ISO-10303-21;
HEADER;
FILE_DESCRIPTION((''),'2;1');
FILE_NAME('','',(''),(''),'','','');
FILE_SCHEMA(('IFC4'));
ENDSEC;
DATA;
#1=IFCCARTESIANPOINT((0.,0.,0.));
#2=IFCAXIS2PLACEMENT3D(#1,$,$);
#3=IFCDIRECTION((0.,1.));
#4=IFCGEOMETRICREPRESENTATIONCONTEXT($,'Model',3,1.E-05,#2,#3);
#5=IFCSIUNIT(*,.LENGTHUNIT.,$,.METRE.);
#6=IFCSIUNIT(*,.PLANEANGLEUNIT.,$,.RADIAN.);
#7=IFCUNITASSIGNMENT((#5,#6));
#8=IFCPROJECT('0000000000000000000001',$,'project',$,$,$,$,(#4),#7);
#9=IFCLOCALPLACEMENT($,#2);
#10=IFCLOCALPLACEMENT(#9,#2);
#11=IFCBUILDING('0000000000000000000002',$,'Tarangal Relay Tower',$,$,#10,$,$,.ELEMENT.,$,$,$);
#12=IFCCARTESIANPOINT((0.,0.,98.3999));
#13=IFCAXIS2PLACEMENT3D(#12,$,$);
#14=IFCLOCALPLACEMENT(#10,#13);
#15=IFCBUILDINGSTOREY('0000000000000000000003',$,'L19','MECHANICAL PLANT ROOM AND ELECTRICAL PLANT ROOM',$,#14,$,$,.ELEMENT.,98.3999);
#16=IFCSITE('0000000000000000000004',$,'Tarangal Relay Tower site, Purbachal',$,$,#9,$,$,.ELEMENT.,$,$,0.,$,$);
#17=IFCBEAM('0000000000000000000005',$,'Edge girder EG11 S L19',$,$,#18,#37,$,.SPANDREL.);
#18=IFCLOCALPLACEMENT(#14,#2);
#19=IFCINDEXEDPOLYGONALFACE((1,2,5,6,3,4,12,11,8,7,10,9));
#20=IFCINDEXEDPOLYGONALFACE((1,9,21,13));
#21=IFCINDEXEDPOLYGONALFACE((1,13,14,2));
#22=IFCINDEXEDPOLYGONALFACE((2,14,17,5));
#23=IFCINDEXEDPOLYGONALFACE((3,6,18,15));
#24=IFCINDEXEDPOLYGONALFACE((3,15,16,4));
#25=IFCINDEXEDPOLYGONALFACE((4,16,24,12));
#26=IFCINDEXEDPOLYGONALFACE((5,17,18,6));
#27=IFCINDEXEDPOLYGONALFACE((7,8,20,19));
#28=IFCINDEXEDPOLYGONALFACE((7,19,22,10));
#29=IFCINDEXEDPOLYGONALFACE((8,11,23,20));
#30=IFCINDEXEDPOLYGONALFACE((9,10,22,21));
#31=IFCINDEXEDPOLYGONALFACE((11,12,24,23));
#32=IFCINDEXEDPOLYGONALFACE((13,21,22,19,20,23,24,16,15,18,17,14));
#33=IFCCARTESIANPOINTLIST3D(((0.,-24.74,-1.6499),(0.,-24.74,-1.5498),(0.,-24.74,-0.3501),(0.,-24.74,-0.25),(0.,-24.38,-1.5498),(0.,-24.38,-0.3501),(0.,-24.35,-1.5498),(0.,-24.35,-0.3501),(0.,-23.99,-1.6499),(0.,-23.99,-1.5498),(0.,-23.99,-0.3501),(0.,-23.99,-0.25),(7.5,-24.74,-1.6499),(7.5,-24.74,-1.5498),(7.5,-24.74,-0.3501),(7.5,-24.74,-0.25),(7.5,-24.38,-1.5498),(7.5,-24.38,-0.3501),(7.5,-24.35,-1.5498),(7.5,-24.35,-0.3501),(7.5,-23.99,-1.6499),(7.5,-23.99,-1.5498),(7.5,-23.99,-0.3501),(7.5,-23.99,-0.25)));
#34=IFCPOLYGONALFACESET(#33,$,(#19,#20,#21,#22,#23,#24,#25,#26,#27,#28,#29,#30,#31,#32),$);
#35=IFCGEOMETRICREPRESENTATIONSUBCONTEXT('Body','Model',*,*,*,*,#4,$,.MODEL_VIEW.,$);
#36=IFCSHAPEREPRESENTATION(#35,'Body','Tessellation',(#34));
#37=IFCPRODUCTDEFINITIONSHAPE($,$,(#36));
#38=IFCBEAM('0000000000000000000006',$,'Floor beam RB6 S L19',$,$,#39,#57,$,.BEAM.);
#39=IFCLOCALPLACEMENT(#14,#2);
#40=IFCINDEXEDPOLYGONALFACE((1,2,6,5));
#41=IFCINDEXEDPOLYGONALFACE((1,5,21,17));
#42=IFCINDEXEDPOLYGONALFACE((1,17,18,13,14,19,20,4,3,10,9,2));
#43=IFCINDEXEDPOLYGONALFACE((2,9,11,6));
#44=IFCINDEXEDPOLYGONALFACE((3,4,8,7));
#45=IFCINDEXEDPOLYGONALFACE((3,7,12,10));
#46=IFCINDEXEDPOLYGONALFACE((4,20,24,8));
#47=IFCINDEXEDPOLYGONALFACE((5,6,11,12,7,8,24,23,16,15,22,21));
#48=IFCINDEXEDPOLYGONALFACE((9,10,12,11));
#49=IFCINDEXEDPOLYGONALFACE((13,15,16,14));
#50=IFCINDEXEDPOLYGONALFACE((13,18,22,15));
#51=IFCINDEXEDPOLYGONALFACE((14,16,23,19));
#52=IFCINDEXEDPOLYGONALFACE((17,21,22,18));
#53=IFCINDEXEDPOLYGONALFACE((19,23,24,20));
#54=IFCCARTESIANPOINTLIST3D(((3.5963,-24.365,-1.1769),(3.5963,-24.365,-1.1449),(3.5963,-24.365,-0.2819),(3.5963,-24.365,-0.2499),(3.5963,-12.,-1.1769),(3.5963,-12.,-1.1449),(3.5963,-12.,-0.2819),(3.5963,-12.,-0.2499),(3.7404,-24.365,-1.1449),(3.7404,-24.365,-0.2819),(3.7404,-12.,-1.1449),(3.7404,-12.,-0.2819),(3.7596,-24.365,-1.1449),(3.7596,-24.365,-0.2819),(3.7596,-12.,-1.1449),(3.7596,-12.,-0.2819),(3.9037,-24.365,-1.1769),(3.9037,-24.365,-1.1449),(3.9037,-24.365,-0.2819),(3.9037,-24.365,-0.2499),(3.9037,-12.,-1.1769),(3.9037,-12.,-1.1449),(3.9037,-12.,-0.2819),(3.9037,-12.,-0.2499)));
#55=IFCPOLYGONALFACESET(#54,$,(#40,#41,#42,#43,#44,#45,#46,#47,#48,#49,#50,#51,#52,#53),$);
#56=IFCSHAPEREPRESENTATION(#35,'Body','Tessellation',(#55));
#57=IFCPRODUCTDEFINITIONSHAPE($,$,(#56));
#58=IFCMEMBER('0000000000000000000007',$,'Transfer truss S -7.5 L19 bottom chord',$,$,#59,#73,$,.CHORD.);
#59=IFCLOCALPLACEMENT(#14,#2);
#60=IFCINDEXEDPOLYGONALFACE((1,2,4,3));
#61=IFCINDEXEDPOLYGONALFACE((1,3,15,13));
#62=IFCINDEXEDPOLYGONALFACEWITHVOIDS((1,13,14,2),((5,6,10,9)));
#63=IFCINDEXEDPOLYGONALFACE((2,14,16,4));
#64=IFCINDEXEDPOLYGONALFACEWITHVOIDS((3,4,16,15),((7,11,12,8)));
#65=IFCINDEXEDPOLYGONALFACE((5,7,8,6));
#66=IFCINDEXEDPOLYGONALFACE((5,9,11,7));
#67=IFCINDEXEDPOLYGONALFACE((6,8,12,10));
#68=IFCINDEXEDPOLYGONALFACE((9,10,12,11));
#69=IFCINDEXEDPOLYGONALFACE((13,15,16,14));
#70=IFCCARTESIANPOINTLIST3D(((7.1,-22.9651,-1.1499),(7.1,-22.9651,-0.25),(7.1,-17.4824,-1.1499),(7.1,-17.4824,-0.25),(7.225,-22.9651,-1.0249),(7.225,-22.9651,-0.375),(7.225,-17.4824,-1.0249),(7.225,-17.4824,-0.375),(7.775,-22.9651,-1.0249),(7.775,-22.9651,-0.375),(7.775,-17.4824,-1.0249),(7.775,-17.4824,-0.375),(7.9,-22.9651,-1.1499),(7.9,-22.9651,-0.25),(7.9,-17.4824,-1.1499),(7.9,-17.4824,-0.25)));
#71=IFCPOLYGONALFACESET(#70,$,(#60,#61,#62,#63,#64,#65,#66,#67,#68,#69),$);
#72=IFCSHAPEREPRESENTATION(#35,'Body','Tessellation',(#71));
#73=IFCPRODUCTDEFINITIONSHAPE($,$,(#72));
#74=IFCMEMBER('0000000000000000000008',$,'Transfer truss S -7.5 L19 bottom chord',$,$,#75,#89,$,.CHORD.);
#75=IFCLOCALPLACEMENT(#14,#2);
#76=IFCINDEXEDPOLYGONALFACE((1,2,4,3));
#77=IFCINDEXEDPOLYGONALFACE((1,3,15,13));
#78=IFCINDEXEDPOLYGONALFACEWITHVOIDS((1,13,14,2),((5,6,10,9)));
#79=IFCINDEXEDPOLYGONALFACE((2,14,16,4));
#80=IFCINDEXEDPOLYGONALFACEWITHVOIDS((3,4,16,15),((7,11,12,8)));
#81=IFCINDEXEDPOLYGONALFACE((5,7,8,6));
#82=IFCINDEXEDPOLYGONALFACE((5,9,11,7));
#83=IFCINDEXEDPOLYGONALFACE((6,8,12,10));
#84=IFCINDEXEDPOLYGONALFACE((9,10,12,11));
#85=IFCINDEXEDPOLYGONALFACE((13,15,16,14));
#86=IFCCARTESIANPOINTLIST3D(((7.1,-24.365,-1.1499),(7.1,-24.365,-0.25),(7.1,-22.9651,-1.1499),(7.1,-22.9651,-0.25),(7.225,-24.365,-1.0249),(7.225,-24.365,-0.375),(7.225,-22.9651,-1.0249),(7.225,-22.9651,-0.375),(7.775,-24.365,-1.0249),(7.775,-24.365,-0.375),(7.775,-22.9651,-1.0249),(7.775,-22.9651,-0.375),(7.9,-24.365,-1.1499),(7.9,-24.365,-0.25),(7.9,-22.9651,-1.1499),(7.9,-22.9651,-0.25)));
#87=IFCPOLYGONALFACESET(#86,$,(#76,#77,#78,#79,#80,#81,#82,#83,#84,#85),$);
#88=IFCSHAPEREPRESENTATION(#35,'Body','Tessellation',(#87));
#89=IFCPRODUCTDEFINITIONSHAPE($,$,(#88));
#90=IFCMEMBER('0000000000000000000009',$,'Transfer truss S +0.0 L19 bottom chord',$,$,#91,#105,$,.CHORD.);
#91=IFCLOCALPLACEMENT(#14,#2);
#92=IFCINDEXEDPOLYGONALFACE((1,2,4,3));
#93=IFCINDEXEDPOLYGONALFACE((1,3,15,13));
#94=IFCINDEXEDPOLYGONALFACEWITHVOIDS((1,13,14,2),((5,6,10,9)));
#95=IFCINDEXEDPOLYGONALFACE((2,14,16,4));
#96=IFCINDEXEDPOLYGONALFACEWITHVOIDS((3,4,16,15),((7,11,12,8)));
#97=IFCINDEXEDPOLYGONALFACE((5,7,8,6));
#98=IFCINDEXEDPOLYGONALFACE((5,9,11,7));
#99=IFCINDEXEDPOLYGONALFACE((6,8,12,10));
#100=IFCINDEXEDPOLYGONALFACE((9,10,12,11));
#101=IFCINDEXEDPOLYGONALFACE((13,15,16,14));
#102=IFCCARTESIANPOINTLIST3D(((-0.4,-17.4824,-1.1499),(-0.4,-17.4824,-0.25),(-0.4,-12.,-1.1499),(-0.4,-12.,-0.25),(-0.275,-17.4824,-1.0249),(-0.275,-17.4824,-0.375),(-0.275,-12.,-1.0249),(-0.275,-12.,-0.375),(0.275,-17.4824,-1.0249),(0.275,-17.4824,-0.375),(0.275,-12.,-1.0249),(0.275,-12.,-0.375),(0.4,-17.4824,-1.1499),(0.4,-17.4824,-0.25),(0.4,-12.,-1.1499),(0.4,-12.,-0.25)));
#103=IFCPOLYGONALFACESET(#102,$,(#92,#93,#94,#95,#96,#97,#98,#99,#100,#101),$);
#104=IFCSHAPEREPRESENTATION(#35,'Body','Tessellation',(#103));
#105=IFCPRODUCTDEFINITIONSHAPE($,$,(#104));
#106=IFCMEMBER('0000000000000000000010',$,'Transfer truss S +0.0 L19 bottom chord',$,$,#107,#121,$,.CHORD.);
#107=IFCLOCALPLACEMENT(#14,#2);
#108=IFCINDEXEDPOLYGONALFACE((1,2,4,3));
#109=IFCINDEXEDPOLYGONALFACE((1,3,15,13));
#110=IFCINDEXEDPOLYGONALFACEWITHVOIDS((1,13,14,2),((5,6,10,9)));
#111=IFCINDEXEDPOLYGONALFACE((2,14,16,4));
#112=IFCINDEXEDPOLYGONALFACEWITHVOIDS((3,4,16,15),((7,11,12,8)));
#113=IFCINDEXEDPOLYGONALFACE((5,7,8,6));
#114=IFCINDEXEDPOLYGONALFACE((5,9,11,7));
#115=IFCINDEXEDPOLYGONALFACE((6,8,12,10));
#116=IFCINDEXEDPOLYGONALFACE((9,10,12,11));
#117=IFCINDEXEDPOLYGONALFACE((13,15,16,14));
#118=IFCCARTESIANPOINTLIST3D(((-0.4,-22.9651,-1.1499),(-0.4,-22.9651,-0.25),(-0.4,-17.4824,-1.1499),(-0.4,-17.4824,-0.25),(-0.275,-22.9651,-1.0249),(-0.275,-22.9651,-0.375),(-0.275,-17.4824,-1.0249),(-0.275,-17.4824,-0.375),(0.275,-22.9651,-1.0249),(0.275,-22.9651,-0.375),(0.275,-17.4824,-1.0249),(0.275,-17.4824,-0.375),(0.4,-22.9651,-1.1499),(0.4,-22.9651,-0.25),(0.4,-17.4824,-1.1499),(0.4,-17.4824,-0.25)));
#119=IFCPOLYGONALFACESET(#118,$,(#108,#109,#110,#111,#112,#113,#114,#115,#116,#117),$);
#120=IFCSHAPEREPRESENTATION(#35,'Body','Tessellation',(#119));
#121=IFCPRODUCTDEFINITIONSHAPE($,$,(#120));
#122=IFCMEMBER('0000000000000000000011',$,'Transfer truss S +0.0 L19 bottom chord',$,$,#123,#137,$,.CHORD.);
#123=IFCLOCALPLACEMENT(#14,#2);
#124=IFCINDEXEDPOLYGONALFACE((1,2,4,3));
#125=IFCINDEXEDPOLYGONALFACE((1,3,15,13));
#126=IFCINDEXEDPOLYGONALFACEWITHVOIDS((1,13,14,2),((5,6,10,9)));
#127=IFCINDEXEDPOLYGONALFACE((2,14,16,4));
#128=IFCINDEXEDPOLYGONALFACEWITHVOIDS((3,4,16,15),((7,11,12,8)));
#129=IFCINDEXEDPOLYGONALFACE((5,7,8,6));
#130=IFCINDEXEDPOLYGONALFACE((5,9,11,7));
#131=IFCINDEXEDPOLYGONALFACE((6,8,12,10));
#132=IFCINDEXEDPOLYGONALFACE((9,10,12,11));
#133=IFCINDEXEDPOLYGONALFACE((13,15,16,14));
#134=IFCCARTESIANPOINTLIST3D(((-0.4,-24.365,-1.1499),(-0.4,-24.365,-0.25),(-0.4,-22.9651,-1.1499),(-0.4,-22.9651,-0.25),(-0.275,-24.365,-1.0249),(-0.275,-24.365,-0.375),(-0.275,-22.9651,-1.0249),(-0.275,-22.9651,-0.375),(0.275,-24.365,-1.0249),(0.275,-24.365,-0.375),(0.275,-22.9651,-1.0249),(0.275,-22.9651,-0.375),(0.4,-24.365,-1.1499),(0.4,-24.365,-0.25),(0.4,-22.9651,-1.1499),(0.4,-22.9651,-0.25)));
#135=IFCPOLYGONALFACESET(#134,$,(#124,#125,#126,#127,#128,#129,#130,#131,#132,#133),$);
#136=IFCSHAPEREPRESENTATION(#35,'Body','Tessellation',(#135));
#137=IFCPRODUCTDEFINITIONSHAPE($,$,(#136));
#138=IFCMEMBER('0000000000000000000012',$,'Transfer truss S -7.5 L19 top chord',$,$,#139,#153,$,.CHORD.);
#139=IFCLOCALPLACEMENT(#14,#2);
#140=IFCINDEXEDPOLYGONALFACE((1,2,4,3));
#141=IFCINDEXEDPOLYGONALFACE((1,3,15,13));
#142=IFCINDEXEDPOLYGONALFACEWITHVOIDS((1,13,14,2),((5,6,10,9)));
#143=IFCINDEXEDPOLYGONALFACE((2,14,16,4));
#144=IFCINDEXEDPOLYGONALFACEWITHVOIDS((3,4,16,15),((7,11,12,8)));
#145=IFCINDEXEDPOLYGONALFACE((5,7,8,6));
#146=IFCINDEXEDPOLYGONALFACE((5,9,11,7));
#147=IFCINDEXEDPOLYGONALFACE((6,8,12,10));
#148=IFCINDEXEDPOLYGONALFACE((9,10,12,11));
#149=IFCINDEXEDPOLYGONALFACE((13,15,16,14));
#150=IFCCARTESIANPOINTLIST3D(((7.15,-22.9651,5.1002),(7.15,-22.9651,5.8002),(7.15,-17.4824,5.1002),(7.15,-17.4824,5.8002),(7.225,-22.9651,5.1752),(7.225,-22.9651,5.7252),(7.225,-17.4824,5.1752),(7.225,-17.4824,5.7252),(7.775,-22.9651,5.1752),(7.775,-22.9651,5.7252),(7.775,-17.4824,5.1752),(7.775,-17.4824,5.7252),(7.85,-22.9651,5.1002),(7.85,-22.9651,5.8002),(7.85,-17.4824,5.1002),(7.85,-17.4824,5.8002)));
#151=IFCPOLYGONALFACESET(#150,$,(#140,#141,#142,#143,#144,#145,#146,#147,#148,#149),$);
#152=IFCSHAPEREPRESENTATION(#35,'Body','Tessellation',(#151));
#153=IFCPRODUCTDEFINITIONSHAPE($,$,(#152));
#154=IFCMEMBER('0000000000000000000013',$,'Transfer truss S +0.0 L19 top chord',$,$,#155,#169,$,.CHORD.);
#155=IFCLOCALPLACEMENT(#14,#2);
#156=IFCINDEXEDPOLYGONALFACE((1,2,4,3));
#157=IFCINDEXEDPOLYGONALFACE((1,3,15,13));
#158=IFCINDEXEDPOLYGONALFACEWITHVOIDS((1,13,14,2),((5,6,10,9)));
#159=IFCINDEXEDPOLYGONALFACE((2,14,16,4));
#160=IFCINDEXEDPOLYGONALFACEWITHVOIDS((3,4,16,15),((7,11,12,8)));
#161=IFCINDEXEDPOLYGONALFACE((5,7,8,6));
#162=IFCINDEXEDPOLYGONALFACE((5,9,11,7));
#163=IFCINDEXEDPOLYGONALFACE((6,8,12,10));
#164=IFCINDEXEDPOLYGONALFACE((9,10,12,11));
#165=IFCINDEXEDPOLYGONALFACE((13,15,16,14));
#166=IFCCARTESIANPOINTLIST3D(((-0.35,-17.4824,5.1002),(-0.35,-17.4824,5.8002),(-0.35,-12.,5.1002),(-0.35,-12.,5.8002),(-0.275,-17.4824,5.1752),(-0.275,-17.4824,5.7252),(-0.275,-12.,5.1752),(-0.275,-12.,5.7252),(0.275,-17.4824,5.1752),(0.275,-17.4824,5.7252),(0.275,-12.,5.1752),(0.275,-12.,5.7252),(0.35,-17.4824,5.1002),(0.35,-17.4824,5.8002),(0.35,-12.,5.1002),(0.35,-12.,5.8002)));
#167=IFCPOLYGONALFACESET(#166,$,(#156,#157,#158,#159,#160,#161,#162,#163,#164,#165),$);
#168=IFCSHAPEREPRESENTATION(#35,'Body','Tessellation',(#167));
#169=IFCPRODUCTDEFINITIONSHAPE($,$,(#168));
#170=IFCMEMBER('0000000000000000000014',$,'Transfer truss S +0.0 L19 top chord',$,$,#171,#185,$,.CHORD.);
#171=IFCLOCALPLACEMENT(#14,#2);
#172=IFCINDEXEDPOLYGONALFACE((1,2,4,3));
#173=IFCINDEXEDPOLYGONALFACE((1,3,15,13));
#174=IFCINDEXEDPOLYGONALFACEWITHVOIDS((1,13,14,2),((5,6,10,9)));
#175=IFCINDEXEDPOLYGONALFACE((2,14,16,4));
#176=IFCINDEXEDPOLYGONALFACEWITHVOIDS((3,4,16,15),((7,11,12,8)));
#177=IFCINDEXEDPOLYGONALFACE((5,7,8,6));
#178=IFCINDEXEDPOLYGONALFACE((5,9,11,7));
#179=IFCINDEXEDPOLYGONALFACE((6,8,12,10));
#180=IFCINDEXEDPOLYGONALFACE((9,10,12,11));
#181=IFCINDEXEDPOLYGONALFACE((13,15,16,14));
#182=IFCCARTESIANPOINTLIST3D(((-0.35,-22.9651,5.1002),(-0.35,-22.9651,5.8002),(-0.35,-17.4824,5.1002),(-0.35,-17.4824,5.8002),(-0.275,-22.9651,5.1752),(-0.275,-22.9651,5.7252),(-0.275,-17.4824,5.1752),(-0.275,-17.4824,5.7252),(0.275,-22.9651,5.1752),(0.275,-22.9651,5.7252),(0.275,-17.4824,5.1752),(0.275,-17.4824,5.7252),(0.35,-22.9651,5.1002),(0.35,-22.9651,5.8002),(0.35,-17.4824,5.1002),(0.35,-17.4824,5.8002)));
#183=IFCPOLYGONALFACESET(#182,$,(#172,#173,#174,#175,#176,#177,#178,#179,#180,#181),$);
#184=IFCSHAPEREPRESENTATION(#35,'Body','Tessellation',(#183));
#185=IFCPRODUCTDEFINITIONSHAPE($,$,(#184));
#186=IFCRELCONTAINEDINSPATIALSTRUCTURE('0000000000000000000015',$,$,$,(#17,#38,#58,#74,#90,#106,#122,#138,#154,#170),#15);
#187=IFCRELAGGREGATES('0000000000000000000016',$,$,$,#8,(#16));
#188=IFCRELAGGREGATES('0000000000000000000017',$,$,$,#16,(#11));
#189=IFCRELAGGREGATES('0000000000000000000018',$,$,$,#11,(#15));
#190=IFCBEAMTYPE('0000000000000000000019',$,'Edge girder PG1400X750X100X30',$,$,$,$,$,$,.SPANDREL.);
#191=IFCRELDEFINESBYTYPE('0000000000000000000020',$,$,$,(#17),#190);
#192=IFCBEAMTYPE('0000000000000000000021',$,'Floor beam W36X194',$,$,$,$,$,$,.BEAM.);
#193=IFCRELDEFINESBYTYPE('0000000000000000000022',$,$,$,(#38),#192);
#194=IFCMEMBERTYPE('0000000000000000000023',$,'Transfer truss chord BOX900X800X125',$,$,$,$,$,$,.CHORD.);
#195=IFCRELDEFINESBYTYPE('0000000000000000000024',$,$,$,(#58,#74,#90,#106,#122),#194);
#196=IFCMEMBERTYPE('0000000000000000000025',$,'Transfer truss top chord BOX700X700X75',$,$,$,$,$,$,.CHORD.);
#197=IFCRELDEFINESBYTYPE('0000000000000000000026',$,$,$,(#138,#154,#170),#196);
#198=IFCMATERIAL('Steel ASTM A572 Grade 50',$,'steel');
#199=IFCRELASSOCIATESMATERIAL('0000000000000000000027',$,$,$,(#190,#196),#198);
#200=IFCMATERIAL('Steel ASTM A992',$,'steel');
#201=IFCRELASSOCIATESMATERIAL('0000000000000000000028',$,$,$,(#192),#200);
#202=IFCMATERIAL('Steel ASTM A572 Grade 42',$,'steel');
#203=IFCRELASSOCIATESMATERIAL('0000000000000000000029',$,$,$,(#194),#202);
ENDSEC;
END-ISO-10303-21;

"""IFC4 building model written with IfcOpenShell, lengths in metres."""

from ifc_helpers import new_model, si_unit, direction, frame, origin, origin_2d, place, context, subcontext, project, spatial, hollow_rectangle, i_section, extrude, material, material_profile, profile_set, type_object, element, save


model = new_model("IFC4")

# Units and contexts
model_context = context("Model", 3, precision=1e-05, world=origin(), true_north=direction((0.0, 1.0)))
body_context = subcontext(model_context, "Body", "Model", "MODEL_VIEW")
ifc_project = project(units=[si_unit("LENGTHUNIT", "METRE"), si_unit("PLANEANGLEUNIT", "RADIAN")], contexts=[model_context])

# Site, building, storey
site_placement = place(None, origin())
site = spatial("IfcSite", under=ifc_project, at=site_placement, Name="Tarangal Relay Tower site, Purbachal", CompositionType="ELEMENT", RefElevation=0.0)
building_placement = place(site_placement, origin())
building = spatial("IfcBuilding", under=site, at=building_placement, Name="Tarangal Relay Tower", CompositionType="ELEMENT")
storey_placement = place(building_placement, frame((0.0, 0.0, 98.3999)))
storey = spatial("IfcBuildingStorey", under=building, at=storey_placement, Name="L19", Description="MECHANICAL PLANT ROOM AND ELECTRICAL PLANT ROOM", CompositionType="ELEMENT", Elevation=98.3999)

# Shared definitions
ifc_material_1 = material(Name="Steel ASTM A572 Grade 50", Category="steel")

# Shared definitions
ifc_material_2 = material(Name="Steel ASTM A992", Category="steel")

# Beams
ifc_material_profile_1 = material_profile(ifc_material_1, i_section(OverallWidth=0.75, OverallDepth=1.3999, WebThickness=0.03, FlangeThickness=0.1001, at=origin_2d()), Name="PG1400X750X100X30")
ifc_profile_set_1 = profile_set([ifc_material_profile_1], Name="Steel ASTM A572 Grade 50")
beam_type_1 = type_object("IfcBeamType", Name="Edge girder PG1400X750X100X30", PredefinedType="SPANDREL", material=ifc_profile_set_1)
beam_1_placement = place(storey_placement, frame((7.5, -24.365, -0.95), z_axis=(-1.0, 0.0, 0.0), x_axis=(0.0, -1.0, 0.0)))
element("IfcBeam", 1, at=beam_1_placement, inside=storey, type_object=beam_type_1, Name="Edge girder EG11 S L19", PredefinedType="SPANDREL", context=body_context, shape_type="SweptSolid", body=[
    extrude(i_section(OverallWidth=0.75, OverallDepth=1.3999, WebThickness=0.03, FlangeThickness=0.1001, at=origin_2d()), origin(), (0.0, 0.0, 1.0), 7.5),
])
ifc_material_profile_2 = material_profile(ifc_material_2, i_section(OverallWidth=0.3074, OverallDepth=0.927, WebThickness=0.0193, FlangeThickness=0.032, at=origin_2d()), Name="W36X194")
ifc_profile_set_2 = profile_set([ifc_material_profile_2], Name="Steel ASTM A992")
beam_type_2 = type_object("IfcBeamType", Name="Floor beam W36X194", PredefinedType="BEAM", material=ifc_profile_set_2)
beam_2_placement = place(storey_placement, frame((3.75, -12.0, -0.7134), z_axis=(0.0, -1.0, 0.0), x_axis=(1.0, 0.0, 0.0)))
element("IfcBeam", 2, at=beam_2_placement, inside=storey, type_object=beam_type_2, Name="Floor beam RB6 S L19", PredefinedType="BEAM", context=body_context, shape_type="SweptSolid", body=[
    extrude(i_section(OverallWidth=0.3074, OverallDepth=0.927, WebThickness=0.0193, FlangeThickness=0.032, at=origin_2d()), origin(), (0.0, 0.0, 1.0), 12.365),
])

# Members
ifc_material_3 = material(Name="Steel ASTM A572 Grade 42", Category="steel")
ifc_material_profile_3 = material_profile(ifc_material_3, hollow_rectangle(XDim=0.8, YDim=0.8999, WallThickness=0.125, at=origin_2d()), Name="BOX900X800X125")
ifc_profile_set_3 = profile_set([ifc_material_profile_3], Name="Steel ASTM A572 Grade 42")
member_type_1 = type_object("IfcMemberType", Name="Transfer truss chord BOX900X800X125", PredefinedType="CHORD", material=ifc_profile_set_3)
member_1_placement = place(storey_placement, frame((7.5, -17.4824, -0.7), z_axis=(0.0, -1.0, 0.0), x_axis=(1.0, 0.0, 0.0)))
element("IfcMember", 3, at=member_1_placement, inside=storey, type_object=member_type_1, Name="Transfer truss S -7.5 L19 bottom chord", PredefinedType="CHORD", context=body_context, shape_type="SweptSolid", body=[
    extrude(hollow_rectangle(XDim=0.8, YDim=0.8999, WallThickness=0.125, at=origin_2d()), origin(), (0.0, 0.0, 1.0), 5.4827),
])
member_2_placement = place(storey_placement, frame((7.5, -22.9651, -0.7), z_axis=(0.0, -1.0, 0.0), x_axis=(1.0, 0.0, 0.0)))
element("IfcMember", 4, at=member_2_placement, inside=storey, type_object=member_type_1, Name="Transfer truss S -7.5 L19 bottom chord", PredefinedType="CHORD", context=body_context, shape_type="SweptSolid", body=[
    extrude(hollow_rectangle(XDim=0.8, YDim=0.8999, WallThickness=0.125, at=origin_2d()), origin(), (0.0, 0.0, 1.0), 1.3999),
])
member_3_placement = place(storey_placement, frame((0.0, -12.0, -0.7), z_axis=(0.0, -1.0, 0.0), x_axis=(1.0, 0.0, 0.0)))
element("IfcMember", 5, at=member_3_placement, inside=storey, type_object=member_type_1, Name="Transfer truss S +0.0 L19 bottom chord", PredefinedType="CHORD", context=body_context, shape_type="SweptSolid", body=[
    extrude(hollow_rectangle(XDim=0.8, YDim=0.8999, WallThickness=0.125, at=origin_2d()), origin(), (0.0, 0.0, 1.0), 5.4824),
])
member_4_placement = place(storey_placement, frame((0.0, -17.4824, -0.7), z_axis=(0.0, -1.0, 0.0), x_axis=(1.0, 0.0, 0.0)))
element("IfcMember", 6, at=member_4_placement, inside=storey, type_object=member_type_1, Name="Transfer truss S +0.0 L19 bottom chord", PredefinedType="CHORD", context=body_context, shape_type="SweptSolid", body=[
    extrude(hollow_rectangle(XDim=0.8, YDim=0.8999, WallThickness=0.125, at=origin_2d()), origin(), (0.0, 0.0, 1.0), 5.4827),
])
member_5_placement = place(storey_placement, frame((0.0, -22.9651, -0.7), z_axis=(0.0, -1.0, 0.0), x_axis=(1.0, 0.0, 0.0)))
element("IfcMember", 7, at=member_5_placement, inside=storey, type_object=member_type_1, Name="Transfer truss S +0.0 L19 bottom chord", PredefinedType="CHORD", context=body_context, shape_type="SweptSolid", body=[
    extrude(hollow_rectangle(XDim=0.8, YDim=0.8999, WallThickness=0.125, at=origin_2d()), origin(), (0.0, 0.0, 1.0), 1.3999),
])
ifc_material_profile_4 = material_profile(ifc_material_1, hollow_rectangle(XDim=0.7, YDim=0.7, WallThickness=0.075, at=origin_2d()), Name="BOX700X700X75")
ifc_profile_set_4 = profile_set([ifc_material_profile_4], Name="Steel ASTM A572 Grade 50")
member_type_2 = type_object("IfcMemberType", Name="Transfer truss top chord BOX700X700X75", PredefinedType="CHORD", material=ifc_profile_set_4)
member_6_placement = place(storey_placement, frame((7.5, -17.4824, 5.4502), z_axis=(0.0, -1.0, 0.0), x_axis=(1.0, 0.0, 0.0)))
element("IfcMember", 8, at=member_6_placement, inside=storey, type_object=member_type_2, Name="Transfer truss S -7.5 L19 top chord", PredefinedType="CHORD", context=body_context, shape_type="SweptSolid", body=[
    extrude(hollow_rectangle(XDim=0.7, YDim=0.7, WallThickness=0.075, at=origin_2d()), origin(), (0.0, 0.0, 1.0), 5.4827),
])
member_7_placement = place(storey_placement, frame((0.0, -12.0, 5.4502), z_axis=(0.0, -1.0, 0.0), x_axis=(1.0, 0.0, 0.0)))
element("IfcMember", 9, at=member_7_placement, inside=storey, type_object=member_type_2, Name="Transfer truss S +0.0 L19 top chord", PredefinedType="CHORD", context=body_context, shape_type="SweptSolid", body=[
    extrude(hollow_rectangle(XDim=0.7, YDim=0.7, WallThickness=0.075, at=origin_2d()), origin(), (0.0, 0.0, 1.0), 5.4824),
])
member_8_placement = place(storey_placement, frame((0.0, -17.4824, 5.4502), z_axis=(0.0, -1.0, 0.0), x_axis=(1.0, 0.0, 0.0)))
element("IfcMember", 10, at=member_8_placement, inside=storey, type_object=member_type_2, Name="Transfer truss S +0.0 L19 top chord", PredefinedType="CHORD", context=body_context, shape_type="SweptSolid", body=[
    extrude(hollow_rectangle(XDim=0.7, YDim=0.7, WallThickness=0.075, at=origin_2d()), origin(), (0.0, 0.0, 1.0), 5.4827),
])

save(model, "model.ifc")
